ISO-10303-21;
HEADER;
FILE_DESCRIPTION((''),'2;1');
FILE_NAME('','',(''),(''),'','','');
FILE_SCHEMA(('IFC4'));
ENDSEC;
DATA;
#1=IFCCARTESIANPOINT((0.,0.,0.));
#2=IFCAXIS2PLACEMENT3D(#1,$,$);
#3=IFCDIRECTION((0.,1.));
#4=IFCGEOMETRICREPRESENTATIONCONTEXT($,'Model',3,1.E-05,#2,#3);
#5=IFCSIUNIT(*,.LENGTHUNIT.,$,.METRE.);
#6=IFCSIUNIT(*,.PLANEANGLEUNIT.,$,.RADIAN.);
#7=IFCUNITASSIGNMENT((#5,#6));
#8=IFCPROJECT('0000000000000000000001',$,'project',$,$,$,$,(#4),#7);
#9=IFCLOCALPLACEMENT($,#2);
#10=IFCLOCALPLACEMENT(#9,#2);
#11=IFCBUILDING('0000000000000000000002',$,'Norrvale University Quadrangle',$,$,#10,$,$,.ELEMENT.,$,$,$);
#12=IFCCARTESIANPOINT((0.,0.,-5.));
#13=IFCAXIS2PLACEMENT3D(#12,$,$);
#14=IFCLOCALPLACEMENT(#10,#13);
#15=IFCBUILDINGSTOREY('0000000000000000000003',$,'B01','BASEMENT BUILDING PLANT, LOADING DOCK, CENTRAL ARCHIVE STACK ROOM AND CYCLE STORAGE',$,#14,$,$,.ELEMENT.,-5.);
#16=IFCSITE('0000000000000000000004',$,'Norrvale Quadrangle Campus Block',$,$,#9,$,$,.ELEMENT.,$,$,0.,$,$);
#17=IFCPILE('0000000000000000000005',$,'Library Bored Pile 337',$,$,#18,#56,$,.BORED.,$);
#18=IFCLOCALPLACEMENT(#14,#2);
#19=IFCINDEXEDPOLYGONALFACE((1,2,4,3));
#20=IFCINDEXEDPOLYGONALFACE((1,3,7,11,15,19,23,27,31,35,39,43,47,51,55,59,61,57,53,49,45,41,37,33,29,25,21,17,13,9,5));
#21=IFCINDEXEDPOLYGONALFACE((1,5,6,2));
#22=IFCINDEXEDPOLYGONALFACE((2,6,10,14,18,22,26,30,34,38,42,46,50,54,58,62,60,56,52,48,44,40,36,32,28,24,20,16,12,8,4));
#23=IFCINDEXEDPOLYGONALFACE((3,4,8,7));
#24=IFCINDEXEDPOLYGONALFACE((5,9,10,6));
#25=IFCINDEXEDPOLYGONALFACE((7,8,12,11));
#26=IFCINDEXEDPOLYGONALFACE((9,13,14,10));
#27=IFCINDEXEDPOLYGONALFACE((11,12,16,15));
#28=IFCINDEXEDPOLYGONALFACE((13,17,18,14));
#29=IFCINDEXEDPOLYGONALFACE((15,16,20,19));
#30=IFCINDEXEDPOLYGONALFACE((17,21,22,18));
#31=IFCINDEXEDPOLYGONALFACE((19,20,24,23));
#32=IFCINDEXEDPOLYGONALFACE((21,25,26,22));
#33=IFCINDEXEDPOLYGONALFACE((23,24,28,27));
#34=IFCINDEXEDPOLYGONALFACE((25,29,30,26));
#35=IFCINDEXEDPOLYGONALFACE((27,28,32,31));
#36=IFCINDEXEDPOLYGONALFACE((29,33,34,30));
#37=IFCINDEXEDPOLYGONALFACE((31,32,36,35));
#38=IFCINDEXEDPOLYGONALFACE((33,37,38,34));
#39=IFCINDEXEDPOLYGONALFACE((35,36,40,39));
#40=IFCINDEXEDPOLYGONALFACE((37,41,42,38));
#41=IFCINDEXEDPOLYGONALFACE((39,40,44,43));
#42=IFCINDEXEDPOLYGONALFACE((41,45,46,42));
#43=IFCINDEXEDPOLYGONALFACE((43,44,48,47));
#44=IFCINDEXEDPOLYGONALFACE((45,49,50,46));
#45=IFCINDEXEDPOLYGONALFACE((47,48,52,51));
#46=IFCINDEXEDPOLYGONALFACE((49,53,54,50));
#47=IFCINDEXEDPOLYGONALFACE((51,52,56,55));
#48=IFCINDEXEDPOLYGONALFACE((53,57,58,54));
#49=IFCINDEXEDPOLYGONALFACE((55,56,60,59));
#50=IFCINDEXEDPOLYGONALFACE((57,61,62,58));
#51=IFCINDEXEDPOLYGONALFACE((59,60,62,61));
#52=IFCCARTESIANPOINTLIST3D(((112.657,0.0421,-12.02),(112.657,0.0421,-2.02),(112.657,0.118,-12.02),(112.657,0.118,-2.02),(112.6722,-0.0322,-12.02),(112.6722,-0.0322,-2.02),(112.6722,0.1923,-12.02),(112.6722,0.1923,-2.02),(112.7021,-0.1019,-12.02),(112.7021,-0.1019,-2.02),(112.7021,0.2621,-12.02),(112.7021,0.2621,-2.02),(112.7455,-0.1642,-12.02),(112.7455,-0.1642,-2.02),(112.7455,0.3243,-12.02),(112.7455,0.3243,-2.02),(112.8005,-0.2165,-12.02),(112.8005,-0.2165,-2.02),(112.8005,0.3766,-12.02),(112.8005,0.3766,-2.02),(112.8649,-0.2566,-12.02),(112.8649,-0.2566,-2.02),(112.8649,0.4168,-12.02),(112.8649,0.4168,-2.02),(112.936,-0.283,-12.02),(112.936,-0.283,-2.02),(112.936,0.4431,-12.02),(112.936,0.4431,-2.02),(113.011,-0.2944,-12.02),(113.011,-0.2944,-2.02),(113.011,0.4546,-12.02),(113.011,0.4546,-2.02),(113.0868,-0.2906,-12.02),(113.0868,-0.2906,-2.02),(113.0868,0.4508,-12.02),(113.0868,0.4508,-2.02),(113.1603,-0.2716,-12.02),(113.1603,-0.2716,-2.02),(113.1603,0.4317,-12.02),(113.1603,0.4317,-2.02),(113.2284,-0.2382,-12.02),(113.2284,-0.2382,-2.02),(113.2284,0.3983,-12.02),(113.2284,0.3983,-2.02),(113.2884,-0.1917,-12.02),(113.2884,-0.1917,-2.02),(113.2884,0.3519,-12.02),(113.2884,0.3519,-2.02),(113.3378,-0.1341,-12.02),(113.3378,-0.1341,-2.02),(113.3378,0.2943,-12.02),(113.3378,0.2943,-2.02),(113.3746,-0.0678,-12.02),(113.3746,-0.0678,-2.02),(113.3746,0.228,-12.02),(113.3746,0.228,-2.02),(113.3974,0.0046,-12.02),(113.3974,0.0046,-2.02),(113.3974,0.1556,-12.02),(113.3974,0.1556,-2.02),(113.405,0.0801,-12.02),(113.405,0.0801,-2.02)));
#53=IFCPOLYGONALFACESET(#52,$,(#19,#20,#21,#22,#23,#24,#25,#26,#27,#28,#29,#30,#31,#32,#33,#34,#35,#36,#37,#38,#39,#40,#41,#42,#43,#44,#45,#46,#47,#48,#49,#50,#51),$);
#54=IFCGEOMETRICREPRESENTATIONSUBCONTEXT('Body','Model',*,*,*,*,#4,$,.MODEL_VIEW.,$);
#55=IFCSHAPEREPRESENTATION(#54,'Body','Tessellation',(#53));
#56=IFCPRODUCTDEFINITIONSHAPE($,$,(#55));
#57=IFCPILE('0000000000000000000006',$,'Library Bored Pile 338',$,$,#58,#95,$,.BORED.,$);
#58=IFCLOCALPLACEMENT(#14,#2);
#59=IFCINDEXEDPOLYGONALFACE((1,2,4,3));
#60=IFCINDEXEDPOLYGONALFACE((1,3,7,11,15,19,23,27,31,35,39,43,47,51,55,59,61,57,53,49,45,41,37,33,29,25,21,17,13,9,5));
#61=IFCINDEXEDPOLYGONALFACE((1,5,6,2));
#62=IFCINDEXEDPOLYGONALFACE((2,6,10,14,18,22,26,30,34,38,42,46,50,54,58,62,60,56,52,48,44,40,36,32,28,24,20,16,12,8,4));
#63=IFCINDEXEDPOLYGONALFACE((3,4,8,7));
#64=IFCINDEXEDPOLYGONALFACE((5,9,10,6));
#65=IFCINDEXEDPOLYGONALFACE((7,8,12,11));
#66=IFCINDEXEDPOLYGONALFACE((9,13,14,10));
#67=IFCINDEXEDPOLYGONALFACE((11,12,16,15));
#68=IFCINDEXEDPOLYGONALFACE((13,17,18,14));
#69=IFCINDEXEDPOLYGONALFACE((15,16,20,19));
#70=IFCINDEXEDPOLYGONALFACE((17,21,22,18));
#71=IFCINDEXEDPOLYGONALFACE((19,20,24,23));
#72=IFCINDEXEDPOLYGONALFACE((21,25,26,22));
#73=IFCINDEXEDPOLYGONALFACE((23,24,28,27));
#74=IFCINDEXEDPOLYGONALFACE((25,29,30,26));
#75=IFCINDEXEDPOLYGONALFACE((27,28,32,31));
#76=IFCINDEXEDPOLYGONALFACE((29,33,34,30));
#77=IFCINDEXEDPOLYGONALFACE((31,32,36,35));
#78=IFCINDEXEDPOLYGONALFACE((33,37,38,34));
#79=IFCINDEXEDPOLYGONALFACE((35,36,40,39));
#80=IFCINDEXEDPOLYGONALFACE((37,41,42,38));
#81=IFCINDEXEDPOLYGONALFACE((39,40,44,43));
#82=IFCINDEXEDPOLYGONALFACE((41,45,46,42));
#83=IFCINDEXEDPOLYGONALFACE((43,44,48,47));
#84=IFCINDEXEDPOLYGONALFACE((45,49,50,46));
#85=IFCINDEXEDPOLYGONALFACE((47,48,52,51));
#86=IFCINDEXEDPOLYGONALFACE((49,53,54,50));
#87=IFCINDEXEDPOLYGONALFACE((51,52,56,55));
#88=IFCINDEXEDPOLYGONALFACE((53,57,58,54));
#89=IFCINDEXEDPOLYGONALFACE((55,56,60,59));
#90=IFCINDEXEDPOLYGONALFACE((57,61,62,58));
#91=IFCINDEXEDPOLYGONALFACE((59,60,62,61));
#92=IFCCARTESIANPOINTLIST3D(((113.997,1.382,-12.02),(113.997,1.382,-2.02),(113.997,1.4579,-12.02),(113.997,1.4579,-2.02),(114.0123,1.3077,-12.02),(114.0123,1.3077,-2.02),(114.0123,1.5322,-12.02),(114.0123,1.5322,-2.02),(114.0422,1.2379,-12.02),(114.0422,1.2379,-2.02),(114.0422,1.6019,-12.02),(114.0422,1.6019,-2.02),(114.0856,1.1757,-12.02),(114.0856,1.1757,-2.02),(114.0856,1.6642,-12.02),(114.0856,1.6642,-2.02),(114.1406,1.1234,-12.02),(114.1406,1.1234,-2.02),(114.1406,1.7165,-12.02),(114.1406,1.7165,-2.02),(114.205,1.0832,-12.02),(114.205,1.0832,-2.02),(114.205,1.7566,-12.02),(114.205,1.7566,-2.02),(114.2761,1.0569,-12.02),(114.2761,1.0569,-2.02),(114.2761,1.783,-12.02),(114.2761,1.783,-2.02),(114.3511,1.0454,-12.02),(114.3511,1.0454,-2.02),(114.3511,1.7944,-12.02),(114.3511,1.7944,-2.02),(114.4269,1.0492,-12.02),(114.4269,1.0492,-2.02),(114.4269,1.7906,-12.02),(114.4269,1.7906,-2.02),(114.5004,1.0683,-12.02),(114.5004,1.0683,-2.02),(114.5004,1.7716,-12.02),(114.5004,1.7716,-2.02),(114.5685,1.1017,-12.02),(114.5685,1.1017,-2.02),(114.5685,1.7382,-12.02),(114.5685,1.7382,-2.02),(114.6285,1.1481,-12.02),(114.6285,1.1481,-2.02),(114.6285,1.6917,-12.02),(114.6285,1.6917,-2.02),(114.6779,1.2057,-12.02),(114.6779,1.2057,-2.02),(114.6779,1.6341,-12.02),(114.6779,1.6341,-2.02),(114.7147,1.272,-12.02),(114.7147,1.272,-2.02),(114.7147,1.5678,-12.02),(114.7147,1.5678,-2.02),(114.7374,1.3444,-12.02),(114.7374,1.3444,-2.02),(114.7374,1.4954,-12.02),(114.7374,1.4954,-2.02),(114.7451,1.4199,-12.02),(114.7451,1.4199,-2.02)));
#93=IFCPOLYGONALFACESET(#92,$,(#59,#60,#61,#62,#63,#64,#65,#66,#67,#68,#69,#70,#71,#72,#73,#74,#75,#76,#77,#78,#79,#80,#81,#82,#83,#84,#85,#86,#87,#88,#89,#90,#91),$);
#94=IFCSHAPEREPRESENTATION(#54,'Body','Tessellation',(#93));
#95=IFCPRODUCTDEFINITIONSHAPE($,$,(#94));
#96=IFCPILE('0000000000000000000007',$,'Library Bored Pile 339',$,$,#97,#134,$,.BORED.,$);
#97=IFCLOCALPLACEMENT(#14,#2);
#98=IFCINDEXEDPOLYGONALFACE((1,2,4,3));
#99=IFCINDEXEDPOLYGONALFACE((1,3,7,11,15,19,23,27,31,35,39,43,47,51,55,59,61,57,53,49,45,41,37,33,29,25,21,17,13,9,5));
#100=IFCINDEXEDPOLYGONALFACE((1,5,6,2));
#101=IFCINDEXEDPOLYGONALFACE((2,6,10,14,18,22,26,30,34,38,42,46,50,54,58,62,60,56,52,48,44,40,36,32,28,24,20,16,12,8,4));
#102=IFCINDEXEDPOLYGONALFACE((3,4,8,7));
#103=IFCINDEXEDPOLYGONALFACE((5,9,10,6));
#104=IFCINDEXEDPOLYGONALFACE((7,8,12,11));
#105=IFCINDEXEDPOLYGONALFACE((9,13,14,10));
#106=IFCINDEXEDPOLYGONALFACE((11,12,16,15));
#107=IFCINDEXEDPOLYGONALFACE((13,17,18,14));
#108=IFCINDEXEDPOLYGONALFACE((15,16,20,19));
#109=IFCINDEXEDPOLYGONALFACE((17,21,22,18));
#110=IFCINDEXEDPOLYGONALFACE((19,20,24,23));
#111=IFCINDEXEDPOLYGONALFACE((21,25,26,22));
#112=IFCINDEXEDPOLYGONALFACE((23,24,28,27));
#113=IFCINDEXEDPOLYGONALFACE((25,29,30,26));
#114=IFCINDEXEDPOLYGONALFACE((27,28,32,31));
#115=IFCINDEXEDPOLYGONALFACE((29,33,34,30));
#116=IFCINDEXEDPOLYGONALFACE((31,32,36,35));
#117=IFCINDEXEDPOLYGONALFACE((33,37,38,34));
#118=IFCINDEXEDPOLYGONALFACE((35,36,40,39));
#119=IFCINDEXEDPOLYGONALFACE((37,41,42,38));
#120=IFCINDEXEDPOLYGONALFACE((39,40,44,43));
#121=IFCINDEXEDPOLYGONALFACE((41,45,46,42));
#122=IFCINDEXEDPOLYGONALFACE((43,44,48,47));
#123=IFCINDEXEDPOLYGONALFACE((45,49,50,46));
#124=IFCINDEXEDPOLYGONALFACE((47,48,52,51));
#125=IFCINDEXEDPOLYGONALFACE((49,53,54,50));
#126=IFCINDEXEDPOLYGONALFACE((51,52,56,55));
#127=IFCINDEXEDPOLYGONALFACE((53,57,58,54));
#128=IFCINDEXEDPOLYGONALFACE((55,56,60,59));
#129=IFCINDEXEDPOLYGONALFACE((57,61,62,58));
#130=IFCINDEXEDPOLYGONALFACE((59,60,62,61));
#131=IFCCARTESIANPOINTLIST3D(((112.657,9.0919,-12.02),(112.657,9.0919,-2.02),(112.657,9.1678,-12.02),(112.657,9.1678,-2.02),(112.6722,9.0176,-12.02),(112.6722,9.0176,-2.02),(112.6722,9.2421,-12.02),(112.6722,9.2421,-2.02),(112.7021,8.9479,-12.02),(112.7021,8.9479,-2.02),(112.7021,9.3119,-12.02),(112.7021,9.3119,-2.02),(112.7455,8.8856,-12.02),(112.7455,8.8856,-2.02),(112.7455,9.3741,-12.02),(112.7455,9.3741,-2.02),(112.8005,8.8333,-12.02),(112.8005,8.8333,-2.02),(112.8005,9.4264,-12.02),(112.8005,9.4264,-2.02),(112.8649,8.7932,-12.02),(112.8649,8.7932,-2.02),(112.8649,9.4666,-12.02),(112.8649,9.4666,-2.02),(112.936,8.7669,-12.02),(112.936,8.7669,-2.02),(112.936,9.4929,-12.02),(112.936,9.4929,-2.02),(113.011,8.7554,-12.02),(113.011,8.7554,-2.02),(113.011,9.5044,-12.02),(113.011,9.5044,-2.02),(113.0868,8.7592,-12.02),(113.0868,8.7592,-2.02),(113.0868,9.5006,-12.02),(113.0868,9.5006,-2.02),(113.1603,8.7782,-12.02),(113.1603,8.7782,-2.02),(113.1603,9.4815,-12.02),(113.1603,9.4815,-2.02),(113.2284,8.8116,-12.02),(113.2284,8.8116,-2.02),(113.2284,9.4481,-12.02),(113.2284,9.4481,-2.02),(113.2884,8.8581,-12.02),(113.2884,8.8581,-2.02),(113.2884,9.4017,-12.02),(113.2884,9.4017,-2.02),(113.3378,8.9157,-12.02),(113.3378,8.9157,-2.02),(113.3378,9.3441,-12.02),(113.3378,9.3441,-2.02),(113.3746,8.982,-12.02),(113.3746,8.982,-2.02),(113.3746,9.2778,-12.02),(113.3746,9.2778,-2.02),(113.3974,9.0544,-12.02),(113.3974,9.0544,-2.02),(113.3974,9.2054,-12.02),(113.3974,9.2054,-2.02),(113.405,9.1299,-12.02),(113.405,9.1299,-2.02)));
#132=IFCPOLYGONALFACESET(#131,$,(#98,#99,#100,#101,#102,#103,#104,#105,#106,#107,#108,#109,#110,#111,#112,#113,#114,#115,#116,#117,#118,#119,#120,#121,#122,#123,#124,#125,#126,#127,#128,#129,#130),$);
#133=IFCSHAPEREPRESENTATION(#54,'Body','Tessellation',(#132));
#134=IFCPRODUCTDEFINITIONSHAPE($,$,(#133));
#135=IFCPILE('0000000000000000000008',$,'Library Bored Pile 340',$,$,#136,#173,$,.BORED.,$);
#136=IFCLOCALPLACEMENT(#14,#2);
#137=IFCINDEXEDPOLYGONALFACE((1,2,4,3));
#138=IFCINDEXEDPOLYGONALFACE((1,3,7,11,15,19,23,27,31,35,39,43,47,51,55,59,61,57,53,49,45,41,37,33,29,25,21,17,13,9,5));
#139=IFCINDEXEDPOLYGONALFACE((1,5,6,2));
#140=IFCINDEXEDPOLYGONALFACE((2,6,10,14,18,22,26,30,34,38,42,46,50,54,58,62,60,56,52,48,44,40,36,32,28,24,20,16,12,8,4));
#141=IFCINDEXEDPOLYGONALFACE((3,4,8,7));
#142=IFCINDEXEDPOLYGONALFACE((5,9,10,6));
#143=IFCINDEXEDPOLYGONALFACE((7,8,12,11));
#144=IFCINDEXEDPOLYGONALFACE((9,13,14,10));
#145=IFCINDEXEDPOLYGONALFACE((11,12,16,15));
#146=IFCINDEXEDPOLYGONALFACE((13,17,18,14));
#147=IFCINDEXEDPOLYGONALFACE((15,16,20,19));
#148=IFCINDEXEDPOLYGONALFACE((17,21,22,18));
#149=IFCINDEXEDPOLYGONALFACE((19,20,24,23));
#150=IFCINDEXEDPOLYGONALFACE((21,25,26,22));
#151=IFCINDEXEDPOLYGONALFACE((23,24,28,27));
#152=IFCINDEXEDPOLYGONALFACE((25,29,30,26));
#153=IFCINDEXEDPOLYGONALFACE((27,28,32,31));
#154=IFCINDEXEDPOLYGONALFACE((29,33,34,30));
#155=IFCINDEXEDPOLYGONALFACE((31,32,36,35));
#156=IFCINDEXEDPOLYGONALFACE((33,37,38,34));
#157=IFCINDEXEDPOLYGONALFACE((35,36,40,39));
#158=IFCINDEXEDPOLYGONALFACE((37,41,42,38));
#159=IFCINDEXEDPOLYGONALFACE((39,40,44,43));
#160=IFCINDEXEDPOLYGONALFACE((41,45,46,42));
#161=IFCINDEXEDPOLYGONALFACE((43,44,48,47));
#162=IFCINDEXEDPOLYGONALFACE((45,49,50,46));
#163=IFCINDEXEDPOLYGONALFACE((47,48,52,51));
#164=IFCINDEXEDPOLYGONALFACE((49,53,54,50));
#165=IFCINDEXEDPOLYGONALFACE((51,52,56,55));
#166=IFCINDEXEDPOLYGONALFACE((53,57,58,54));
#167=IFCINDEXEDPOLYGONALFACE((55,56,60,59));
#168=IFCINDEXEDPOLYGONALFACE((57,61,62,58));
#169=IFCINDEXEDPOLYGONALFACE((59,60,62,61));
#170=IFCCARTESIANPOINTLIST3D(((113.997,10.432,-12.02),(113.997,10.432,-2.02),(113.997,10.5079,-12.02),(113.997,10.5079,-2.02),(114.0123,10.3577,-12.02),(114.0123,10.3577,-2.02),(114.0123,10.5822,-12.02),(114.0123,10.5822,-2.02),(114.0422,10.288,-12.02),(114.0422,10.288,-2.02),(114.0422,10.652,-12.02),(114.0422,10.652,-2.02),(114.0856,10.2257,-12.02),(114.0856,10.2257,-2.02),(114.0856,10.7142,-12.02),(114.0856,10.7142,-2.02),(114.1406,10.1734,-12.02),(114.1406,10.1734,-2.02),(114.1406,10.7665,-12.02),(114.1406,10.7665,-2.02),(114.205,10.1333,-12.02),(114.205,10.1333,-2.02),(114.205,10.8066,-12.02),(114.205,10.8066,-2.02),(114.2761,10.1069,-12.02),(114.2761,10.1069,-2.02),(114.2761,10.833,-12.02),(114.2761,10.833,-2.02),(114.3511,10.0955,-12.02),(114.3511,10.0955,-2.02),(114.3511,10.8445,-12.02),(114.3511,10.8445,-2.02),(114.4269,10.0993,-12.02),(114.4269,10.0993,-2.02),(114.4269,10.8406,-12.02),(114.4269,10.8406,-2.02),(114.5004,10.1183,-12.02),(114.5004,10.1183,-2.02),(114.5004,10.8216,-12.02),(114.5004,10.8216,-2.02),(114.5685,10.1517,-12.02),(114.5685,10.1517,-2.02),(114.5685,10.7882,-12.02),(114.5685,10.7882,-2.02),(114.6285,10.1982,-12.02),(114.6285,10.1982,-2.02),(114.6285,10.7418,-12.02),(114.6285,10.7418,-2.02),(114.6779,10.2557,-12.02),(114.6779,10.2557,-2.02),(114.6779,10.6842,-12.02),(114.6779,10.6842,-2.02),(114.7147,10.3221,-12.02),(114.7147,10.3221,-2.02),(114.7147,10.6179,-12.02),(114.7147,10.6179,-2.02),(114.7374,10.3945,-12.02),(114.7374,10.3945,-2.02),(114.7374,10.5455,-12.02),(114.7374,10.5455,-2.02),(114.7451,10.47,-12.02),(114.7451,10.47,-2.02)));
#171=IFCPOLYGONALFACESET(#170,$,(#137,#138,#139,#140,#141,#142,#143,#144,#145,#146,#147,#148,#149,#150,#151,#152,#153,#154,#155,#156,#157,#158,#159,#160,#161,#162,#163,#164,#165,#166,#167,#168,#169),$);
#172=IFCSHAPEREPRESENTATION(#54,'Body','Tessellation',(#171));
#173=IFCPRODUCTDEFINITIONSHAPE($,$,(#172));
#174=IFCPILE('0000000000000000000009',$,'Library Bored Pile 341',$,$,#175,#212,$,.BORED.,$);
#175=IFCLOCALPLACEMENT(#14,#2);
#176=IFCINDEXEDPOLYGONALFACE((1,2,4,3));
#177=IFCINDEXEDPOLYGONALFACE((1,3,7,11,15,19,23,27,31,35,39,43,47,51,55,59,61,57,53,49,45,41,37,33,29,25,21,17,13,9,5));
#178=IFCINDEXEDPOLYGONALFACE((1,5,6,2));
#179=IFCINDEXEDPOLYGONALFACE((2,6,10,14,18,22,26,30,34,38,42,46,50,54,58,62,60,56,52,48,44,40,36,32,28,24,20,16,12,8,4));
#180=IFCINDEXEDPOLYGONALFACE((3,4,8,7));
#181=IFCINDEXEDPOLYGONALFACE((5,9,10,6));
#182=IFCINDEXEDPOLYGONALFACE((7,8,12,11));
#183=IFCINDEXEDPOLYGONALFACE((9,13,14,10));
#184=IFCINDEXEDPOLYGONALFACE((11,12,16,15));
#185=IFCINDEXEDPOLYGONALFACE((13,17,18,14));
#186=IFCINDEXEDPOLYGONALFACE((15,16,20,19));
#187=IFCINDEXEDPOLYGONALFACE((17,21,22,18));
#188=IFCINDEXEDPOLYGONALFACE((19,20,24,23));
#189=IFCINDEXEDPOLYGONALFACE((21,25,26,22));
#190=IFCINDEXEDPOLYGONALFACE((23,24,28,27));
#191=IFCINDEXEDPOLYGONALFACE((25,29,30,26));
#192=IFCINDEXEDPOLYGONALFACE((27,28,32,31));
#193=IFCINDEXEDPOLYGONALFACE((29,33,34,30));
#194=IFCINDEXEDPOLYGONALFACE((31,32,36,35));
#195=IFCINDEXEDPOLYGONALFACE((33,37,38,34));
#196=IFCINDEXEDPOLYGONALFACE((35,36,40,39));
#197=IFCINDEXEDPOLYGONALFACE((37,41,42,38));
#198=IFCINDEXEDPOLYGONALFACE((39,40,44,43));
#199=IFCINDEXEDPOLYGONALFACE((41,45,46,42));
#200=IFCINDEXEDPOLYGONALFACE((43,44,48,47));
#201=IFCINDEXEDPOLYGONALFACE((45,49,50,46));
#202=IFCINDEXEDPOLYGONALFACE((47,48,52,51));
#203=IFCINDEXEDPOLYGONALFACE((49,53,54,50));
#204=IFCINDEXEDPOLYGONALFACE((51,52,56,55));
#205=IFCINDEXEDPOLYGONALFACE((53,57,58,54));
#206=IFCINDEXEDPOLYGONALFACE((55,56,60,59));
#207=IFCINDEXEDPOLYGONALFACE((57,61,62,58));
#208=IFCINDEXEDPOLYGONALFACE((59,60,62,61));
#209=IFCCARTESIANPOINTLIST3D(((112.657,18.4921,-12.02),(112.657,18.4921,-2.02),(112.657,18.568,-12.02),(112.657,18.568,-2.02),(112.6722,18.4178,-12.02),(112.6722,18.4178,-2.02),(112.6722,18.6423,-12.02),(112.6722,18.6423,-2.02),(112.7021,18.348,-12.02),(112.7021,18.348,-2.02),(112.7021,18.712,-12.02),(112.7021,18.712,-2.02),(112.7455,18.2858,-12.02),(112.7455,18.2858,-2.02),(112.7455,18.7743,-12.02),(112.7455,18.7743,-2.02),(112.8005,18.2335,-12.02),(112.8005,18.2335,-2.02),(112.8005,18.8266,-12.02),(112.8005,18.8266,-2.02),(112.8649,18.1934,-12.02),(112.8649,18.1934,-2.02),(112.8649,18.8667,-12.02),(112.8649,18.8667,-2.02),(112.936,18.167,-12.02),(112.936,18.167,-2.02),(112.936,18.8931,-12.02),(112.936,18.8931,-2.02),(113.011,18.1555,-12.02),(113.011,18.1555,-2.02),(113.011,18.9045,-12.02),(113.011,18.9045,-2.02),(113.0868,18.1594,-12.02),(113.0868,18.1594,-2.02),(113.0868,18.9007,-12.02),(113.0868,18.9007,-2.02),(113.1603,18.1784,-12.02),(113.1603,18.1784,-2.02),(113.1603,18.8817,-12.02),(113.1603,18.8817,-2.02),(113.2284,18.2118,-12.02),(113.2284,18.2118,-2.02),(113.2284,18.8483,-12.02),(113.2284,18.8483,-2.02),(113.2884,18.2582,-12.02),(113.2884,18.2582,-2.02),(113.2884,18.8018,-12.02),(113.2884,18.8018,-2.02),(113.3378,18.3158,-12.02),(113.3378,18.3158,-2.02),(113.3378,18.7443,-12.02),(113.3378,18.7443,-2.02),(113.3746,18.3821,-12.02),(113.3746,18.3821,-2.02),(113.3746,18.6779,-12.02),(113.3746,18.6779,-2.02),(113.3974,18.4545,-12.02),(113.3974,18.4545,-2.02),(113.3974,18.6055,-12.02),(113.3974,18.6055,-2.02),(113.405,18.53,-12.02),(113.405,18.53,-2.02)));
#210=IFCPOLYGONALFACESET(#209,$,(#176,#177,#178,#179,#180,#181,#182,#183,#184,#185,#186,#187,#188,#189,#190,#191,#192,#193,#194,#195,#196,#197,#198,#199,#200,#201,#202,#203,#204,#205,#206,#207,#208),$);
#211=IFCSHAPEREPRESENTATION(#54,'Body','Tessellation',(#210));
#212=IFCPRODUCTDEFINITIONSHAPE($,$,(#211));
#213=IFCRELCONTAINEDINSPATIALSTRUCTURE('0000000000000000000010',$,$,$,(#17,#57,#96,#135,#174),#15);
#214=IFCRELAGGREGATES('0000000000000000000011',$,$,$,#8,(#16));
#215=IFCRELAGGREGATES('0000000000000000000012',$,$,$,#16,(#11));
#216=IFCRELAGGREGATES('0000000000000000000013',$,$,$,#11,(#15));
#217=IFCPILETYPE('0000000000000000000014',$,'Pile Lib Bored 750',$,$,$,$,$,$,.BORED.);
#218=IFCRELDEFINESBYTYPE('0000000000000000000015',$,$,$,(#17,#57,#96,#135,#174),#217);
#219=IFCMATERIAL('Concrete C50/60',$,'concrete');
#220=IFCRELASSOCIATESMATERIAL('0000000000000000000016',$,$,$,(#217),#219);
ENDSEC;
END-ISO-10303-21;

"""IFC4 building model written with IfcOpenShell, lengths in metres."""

from ifc_helpers import new_model, si_unit, direction, frame, origin, origin_2d, place, context, subcontext, project, spatial, circle, extrude, material, material_profile, profile_set, type_object, element, save


model = new_model("IFC4")

# Units and contexts
model_context = context("Model", 3, precision=1e-05, world=origin(), true_north=direction((0.0, 1.0)))
body_context = subcontext(model_context, "Body", "Model", "MODEL_VIEW")
ifc_project = project(units=[si_unit("LENGTHUNIT", "METRE"), si_unit("PLANEANGLEUNIT", "RADIAN")], contexts=[model_context])

# Site, building, storey
site_placement = place(None, origin())
site = spatial("IfcSite", under=ifc_project, at=site_placement, Name="Norrvale Quadrangle Campus Block", CompositionType="ELEMENT", RefElevation=0.0)
building_placement = place(site_placement, origin())
building = spatial("IfcBuilding", under=site, at=building_placement, Name="Norrvale University Quadrangle", CompositionType="ELEMENT")
storey_placement = place(building_placement, frame((0.0, 0.0, -5.0)))
storey = spatial("IfcBuildingStorey", under=building, at=storey_placement, Name="B01", Description="BASEMENT BUILDING PLANT, LOADING DOCK, CENTRAL ARCHIVE STACK ROOM AND CYCLE STORAGE", CompositionType="ELEMENT", Elevation=-5.0)

# Shared definitions
ifc_material_1 = material(Name="Concrete C50/60", Category="concrete")

# Piles
ifc_material_profile_1 = material_profile(ifc_material_1, circle(Radius=0.375, at=origin_2d()), Name="Concrete C50/60")
ifc_profile_set_1 = profile_set([ifc_material_profile_1], Name="Concrete C50/60")
pile_type = type_object("IfcPileType", Name="Pile Lib Bored 750", PredefinedType="BORED", material=ifc_profile_set_1)
for number, where, z_axis, x_axis, name in (
    (1, (113.03, 0.0801, -2.02), (0.0, 0.0, -1.0), (1.0, 0.0, 0.0), "Library Bored Pile 337"),
    (2, (114.3701, 1.4199, -2.02), (0.0, 0.0, -1.0), (1.0, 0.0, 0.0), "Library Bored Pile 338"),
    (3, (113.03, 9.1299, -2.02), (0.0, 0.0, -1.0), (1.0, 0.0, 0.0), "Library Bored Pile 339"),
    (4, (114.3701, 10.47, -2.02), (0.0, 0.0, -1.0), (1.0, 0.0, 0.0), "Library Bored Pile 340"),
    (5, (113.03, 18.53, -2.02), (0.0, 0.0, -1.0), (1.0, 0.0, 0.0), "Library Bored Pile 341"),
):
    element("IfcPile", number, at=place(storey_placement, frame(where, z_axis=z_axis, x_axis=x_axis)), inside=storey, type_object=pile_type, Name=name, PredefinedType="BORED", context=body_context, shape_type="SweptSolid", body=[
        extrude(circle(Radius=0.375, at=origin_2d()), origin(), (0.0, 0.0, 1.0), 10.0),
    ])

save(model, "model.ifc")
